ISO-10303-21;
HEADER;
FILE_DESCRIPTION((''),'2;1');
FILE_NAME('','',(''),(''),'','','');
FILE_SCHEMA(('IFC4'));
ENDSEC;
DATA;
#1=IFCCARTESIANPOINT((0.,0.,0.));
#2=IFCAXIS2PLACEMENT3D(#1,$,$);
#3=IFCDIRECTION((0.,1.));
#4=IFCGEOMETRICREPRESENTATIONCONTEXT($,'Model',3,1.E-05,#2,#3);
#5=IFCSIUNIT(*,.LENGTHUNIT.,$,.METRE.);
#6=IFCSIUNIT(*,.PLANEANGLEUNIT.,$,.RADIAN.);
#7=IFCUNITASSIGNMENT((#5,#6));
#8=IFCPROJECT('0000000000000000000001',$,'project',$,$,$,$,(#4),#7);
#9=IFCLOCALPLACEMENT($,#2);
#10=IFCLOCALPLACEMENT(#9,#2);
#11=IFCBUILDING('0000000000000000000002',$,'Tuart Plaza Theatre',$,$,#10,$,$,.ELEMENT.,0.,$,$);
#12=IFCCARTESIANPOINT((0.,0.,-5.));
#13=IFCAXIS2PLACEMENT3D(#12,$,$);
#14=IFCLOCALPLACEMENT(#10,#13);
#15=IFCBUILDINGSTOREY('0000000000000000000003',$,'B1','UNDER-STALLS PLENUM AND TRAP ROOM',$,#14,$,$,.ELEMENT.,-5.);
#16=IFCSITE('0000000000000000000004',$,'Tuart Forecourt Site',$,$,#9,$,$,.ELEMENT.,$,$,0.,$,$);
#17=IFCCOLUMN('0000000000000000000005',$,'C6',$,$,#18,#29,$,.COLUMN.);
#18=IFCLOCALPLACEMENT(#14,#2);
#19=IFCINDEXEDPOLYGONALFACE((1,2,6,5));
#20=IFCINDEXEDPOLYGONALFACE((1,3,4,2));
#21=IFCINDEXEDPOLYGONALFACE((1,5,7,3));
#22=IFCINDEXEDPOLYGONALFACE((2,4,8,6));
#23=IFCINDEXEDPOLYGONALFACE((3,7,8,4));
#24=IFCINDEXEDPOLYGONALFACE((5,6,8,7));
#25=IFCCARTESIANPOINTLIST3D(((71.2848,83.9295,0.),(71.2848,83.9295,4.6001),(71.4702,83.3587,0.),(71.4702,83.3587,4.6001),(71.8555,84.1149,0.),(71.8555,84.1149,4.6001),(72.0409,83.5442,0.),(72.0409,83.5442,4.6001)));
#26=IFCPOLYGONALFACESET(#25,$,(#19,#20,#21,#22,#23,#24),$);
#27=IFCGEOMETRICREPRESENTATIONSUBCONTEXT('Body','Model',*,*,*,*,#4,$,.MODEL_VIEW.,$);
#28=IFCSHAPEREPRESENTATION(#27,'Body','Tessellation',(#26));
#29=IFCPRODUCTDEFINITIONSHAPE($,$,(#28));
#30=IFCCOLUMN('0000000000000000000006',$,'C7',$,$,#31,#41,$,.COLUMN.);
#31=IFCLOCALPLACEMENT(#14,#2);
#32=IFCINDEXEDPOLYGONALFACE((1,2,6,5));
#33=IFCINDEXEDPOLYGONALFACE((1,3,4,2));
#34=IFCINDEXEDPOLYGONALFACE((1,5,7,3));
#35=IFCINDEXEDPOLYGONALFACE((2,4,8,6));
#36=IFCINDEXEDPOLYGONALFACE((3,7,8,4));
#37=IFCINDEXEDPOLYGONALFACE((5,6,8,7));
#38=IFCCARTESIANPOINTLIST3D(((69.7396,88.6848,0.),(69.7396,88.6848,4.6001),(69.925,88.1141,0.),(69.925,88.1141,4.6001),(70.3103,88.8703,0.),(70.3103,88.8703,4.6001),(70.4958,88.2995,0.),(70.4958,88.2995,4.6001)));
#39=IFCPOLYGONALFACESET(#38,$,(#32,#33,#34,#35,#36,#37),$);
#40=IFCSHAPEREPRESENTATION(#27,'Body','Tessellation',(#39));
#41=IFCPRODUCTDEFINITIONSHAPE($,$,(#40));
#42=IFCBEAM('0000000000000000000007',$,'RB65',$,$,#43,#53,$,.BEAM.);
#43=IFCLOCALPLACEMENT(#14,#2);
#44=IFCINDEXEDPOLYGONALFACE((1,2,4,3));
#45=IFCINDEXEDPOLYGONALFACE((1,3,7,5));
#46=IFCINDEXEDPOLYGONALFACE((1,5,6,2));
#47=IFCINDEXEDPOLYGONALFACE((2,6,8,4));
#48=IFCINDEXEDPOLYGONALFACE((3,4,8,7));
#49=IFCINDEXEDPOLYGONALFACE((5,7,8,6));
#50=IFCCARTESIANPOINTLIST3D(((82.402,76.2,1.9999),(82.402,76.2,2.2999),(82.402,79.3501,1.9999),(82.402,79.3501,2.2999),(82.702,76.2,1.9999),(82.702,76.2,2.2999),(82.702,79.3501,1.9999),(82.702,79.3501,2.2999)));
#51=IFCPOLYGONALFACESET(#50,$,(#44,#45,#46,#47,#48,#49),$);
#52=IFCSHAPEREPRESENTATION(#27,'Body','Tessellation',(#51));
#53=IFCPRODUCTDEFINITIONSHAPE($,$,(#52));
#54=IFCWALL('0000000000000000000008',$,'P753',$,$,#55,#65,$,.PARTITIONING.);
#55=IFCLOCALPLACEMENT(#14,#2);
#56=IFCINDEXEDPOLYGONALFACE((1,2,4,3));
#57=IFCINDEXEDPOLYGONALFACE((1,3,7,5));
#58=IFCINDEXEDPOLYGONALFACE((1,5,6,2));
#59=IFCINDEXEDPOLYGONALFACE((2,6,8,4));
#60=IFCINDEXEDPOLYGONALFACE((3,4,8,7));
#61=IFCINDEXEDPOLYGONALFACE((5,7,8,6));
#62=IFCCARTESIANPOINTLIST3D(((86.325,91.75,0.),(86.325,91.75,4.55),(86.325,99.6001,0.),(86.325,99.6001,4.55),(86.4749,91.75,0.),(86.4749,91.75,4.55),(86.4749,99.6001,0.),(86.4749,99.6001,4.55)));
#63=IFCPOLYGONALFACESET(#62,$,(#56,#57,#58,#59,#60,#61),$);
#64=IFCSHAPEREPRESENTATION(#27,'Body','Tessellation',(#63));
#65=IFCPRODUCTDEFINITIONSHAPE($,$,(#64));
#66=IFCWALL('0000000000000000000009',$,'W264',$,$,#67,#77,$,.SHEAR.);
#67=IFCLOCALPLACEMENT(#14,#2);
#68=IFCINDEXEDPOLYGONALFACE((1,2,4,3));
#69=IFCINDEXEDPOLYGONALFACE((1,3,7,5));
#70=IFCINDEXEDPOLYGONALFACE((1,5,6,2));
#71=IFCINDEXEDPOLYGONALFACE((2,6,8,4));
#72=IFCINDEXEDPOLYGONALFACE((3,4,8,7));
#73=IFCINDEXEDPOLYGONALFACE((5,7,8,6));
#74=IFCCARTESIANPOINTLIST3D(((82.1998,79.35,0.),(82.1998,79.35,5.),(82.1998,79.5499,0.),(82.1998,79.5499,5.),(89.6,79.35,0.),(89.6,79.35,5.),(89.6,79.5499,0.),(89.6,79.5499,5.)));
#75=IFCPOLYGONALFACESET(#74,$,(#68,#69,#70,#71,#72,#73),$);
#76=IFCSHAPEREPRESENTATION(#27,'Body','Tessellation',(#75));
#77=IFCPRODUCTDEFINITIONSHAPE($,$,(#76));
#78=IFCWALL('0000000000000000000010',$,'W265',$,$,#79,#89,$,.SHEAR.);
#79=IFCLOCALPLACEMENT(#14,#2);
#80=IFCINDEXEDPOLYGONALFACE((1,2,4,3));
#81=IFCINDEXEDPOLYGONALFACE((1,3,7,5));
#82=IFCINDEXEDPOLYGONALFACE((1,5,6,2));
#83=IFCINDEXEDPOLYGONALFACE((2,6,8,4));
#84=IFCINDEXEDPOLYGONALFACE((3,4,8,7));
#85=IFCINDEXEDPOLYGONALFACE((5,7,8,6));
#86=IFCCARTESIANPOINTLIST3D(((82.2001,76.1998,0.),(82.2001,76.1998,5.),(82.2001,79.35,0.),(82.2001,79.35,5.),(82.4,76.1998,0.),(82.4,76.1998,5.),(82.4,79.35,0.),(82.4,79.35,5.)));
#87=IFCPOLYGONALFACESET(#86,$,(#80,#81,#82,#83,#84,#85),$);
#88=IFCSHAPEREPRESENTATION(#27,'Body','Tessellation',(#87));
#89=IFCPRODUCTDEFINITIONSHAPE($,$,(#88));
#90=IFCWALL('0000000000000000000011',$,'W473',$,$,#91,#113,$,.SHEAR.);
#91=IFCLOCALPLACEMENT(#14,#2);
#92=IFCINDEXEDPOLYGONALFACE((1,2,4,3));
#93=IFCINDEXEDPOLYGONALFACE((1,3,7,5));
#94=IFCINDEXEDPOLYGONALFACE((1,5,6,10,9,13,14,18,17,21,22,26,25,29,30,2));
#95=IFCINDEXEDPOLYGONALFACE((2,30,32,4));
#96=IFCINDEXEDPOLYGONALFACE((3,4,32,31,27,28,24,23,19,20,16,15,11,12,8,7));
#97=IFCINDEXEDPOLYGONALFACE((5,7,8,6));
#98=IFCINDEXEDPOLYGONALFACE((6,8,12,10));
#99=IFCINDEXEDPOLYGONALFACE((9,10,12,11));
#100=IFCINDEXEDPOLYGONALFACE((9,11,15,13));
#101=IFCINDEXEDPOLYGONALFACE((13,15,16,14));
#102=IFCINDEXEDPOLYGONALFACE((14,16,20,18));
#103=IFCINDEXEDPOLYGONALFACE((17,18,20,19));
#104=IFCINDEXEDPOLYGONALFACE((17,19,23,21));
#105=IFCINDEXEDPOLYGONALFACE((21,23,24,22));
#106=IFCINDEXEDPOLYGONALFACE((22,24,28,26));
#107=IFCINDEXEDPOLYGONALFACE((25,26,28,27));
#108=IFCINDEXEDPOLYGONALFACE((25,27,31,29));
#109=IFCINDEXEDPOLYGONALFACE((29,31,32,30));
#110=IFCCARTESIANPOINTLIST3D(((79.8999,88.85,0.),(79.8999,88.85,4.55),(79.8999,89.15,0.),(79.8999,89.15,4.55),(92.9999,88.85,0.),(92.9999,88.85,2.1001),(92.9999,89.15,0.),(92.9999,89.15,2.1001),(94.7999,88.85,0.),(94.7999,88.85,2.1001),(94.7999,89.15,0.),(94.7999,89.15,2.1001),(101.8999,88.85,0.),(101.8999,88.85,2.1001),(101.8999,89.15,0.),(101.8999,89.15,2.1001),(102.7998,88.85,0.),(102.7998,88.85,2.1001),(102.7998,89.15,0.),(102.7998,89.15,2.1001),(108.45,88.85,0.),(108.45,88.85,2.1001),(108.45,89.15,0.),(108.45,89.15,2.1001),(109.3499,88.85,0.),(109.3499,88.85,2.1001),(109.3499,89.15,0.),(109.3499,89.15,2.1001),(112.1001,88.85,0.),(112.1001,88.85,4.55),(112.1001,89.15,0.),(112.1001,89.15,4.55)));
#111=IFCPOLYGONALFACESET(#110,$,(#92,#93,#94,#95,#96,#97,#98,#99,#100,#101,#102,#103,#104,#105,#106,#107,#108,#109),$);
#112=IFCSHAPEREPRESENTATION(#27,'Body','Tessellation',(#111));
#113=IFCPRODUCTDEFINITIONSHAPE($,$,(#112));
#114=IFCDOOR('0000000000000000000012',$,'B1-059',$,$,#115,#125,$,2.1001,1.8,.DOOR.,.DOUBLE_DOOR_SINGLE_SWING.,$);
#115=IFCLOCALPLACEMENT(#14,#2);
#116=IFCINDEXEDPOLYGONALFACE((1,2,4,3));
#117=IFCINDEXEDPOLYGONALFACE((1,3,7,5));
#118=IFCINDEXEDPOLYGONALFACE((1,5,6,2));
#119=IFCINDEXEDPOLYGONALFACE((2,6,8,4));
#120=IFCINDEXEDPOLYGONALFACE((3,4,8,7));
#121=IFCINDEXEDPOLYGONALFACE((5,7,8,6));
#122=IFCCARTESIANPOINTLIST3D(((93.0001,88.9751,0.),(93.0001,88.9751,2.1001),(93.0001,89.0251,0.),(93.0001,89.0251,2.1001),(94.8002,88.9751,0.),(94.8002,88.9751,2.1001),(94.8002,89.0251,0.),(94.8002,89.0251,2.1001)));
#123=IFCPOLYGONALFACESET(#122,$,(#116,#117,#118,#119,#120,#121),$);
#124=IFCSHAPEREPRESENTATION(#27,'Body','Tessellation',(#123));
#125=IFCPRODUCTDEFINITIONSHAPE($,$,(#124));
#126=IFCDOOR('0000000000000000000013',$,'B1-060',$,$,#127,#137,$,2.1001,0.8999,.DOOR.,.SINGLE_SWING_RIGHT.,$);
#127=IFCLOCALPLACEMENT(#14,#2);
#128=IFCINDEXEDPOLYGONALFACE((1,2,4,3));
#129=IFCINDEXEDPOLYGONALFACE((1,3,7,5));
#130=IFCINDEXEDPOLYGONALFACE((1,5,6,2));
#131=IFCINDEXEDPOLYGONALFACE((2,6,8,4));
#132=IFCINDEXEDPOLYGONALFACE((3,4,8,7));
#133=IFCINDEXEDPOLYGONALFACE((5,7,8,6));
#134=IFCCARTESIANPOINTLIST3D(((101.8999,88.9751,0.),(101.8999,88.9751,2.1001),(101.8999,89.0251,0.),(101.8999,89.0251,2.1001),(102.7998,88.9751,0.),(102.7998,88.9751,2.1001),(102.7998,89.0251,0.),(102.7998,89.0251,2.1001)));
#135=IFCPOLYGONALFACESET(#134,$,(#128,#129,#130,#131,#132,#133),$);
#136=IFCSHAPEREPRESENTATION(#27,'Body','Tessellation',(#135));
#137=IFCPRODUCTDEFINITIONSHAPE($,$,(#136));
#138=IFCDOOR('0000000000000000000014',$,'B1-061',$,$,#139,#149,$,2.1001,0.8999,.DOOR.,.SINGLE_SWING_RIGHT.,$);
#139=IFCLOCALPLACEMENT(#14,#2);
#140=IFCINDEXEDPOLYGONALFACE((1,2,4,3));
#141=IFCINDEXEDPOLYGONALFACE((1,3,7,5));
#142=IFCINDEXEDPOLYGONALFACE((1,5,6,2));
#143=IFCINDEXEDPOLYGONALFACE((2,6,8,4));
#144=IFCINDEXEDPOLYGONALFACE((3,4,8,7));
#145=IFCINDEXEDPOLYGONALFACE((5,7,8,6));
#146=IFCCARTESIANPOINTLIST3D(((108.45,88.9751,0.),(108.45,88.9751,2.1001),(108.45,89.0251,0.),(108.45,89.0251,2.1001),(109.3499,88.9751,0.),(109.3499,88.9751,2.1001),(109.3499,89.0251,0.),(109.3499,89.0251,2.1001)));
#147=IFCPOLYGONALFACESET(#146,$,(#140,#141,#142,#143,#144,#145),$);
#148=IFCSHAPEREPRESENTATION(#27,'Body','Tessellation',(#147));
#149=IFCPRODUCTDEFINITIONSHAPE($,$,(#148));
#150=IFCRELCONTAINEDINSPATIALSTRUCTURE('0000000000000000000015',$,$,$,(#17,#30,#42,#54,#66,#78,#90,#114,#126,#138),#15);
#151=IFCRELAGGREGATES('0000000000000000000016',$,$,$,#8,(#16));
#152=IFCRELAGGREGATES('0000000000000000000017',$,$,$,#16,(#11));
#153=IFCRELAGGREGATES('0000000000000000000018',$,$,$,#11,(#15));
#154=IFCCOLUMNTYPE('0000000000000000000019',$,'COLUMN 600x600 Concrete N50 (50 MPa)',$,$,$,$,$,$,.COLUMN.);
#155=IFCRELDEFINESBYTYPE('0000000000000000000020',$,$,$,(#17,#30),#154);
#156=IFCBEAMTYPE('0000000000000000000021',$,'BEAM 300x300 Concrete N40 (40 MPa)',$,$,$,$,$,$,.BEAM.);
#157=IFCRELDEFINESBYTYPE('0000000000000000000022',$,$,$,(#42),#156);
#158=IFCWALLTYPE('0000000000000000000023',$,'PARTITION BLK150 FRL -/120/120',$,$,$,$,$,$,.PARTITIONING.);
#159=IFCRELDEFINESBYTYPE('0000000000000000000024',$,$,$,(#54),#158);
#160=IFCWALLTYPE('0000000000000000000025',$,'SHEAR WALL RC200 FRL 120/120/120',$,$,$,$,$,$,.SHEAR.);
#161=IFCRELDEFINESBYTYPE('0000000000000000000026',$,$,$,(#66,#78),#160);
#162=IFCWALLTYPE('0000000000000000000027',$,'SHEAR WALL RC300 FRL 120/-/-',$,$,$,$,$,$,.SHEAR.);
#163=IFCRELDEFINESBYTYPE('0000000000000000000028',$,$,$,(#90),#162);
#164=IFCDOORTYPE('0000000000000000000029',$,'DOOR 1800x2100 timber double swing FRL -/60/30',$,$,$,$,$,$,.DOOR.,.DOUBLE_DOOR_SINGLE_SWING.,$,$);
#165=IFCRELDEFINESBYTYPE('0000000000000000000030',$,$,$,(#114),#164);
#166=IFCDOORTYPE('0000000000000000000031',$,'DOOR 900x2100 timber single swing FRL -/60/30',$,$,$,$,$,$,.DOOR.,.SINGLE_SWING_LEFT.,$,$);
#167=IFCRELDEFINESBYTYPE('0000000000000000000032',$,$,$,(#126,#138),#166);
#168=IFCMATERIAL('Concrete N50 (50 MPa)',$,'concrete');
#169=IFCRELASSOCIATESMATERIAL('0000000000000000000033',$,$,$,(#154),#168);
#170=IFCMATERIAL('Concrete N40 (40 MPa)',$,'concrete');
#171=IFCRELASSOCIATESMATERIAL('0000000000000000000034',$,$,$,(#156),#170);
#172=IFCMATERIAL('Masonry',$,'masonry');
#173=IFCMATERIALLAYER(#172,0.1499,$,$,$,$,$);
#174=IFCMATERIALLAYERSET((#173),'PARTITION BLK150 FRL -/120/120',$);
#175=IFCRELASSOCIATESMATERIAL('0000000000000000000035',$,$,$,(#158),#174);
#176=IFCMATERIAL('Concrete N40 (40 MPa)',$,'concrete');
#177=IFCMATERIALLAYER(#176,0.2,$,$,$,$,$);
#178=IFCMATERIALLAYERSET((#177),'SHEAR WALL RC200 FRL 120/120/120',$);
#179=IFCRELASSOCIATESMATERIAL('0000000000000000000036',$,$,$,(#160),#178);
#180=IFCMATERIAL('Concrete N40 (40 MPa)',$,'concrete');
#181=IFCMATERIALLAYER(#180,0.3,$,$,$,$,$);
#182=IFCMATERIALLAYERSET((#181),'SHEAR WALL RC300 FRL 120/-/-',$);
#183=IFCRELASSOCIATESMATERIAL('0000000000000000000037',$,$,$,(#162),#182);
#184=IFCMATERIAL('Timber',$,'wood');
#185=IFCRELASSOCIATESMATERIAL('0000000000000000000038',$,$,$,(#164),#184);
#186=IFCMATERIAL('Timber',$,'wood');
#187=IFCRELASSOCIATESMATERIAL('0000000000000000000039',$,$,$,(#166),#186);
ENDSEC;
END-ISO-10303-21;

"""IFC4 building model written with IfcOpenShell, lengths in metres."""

from ifc_helpers import new_model, si_unit, direction, frame, frame_2d, origin, origin_2d, place, context, subcontext, project, spatial, rectangle, extrude, material, layer, layer_set, material_profile, profile_set, type_object, element, fill, save


model = new_model("IFC4")

# Units and contexts
model_context = context("Model", 3, precision=1e-05, world=origin(), true_north=direction((0.0, 1.0)))
body_context = subcontext(model_context, "Body", "Model", "MODEL_VIEW")
ifc_project = project(units=[si_unit("LENGTHUNIT", "METRE"), si_unit("PLANEANGLEUNIT", "RADIAN")], contexts=[model_context])

# Site, building, storey
site_placement = place(None, origin())
site = spatial("IfcSite", under=ifc_project, at=site_placement, Name="Tuart Forecourt Site", CompositionType="ELEMENT", RefElevation=0.0)
building_placement = place(site_placement, origin())
building = spatial("IfcBuilding", under=site, at=building_placement, Name="Tuart Plaza Theatre", CompositionType="ELEMENT", ElevationOfRefHeight=0.0)
storey_placement = place(building_placement, frame((0.0, 0.0, -5.0)))
storey = spatial("IfcBuildingStorey", under=building, at=storey_placement, Name="B1", Description="UNDER-STALLS PLENUM AND TRAP ROOM", CompositionType="ELEMENT", Elevation=-5.0)

# Columns
ifc_material_1 = material(Name="Concrete N50 (50 MPa)", Category="concrete")
ifc_material_profile_1 = material_profile(ifc_material_1, rectangle(XDim=0.6001, YDim=0.6001, at=origin_2d()), Name="COLUMN 600x600 Concrete N50 (50 MPa)")
ifc_profile_set_1 = profile_set([ifc_material_profile_1], Name="Concrete N50 (50 MPa)")
column_type = type_object("IfcColumnType", Name="COLUMN 600x600 Concrete N50 (50 MPa)", PredefinedType="COLUMN", material=ifc_profile_set_1)
for number, where, z_axis, x_axis, name in (
    (1, (71.6628, 83.7368, 0.0), (0.0, 0.0, 1.0), (0.951057, 0.309017, 0.0), "C6"),
    (2, (70.1177, 88.4922, 0.0), (0.0, 0.0, 1.0), (0.951057, 0.309017, 0.0), "C7"),
):
    element("IfcColumn", number, at=place(storey_placement, frame(where, z_axis=z_axis, x_axis=x_axis)), inside=storey, type_object=column_type, Name=name, PredefinedType="COLUMN", context=body_context, shape_type="SweptSolid", body=[
        extrude(rectangle(XDim=0.6001, YDim=0.6001, at=origin_2d()), origin(), (0.0, 0.0, 1.0), 4.6001),
    ])

# Beam
ifc_material_2 = material(Name="Concrete N40 (40 MPa)", Category="concrete")
ifc_material_profile_2 = material_profile(ifc_material_2, rectangle(XDim=0.3, YDim=0.3, at=origin_2d()), Name="BEAM 300x300 Concrete N40 (40 MPa)")
ifc_profile_set_2 = profile_set([ifc_material_profile_2], Name="Concrete N40 (40 MPa)")
beam_type = type_object("IfcBeamType", Name="BEAM 300x300 Concrete N40 (40 MPa)", PredefinedType="BEAM", material=ifc_profile_set_2)
beam_placement = place(storey_placement, frame((82.552, 79.3501, 2.1499), z_axis=(0.0, -1.0, 0.0), x_axis=(1.0, 0.0, 0.0)))
element("IfcBeam", 3, at=beam_placement, inside=storey, type_object=beam_type, Name="RB65", PredefinedType="BEAM", context=body_context, shape_type="SweptSolid", body=[
    extrude(rectangle(XDim=0.3, YDim=0.3, at=origin_2d()), origin(), (0.0, 0.0, 1.0), 3.1501),
])

# Walls
ifc_material_3 = material(Name="Masonry", Category="masonry")
ifc_layer_1 = layer(ifc_material_3, 0.1499)
ifc_layer_set_1 = layer_set([ifc_layer_1], Name="PARTITION BLK150 FRL -/120/120")
wall_type_1 = type_object("IfcWallType", Name="PARTITION BLK150 FRL -/120/120", PredefinedType="PARTITIONING", material=ifc_layer_set_1)
wall_1_placement = place(storey_placement, frame((86.3999, 91.75, 0.0), z_axis=(0.0, 0.0, 1.0), x_axis=(0.0, 1.0, 0.0)))
element("IfcWall", 4, at=wall_1_placement, inside=storey, type_object=wall_type_1, Name="P753", PredefinedType="PARTITIONING", context=body_context, shape_type="SweptSolid", body=[
    extrude(rectangle(XDim=7.8501, YDim=0.1499, at=frame_2d((3.925, 0.0))), origin(), (0.0, 0.0, 1.0), 4.55),
])
ifc_material_4 = material(Name="Concrete N40 (40 MPa)", Category="concrete")
ifc_layer_2 = layer(ifc_material_4, 0.2)
ifc_layer_set_2 = layer_set([ifc_layer_2], Name="SHEAR WALL RC200 FRL 120/120/120")
wall_type_2 = type_object("IfcWallType", Name="SHEAR WALL RC200 FRL 120/120/120", PredefinedType="SHEAR", material=ifc_layer_set_2)
wall_2_placement = place(storey_placement, frame((89.6001, 79.45, 0.0), z_axis=(0.0, 0.0, 1.0), x_axis=(-1.0, 0.0, 0.0)))
element("IfcWall", 5, at=wall_2_placement, inside=storey, type_object=wall_type_2, Name="W264", PredefinedType="SHEAR", context=body_context, shape_type="SweptSolid", body=[
    extrude(rectangle(XDim=7.4001, YDim=0.2, at=frame_2d((3.7002, 0.0))), origin(), (0.0, 0.0, 1.0), 5.0),
])
wall_3_placement = place(storey_placement, frame((82.3, 79.3501, 0.0), z_axis=(0.0, 0.0, 1.0), x_axis=(0.0, -1.0, 0.0)))
element("IfcWall", 6, at=wall_3_placement, inside=storey, type_object=wall_type_2, Name="W265", PredefinedType="SHEAR", context=body_context, shape_type="SweptSolid", body=[
    extrude(rectangle(XDim=3.1501, YDim=0.2, at=frame_2d((1.5752, 0.0))), origin(), (0.0, 0.0, 1.0), 5.0),
])

# Wall, openings, doors
ifc_material_5 = material(Name="Concrete N40 (40 MPa)", Category="concrete")
ifc_layer_3 = layer(ifc_material_5, 0.3)
ifc_layer_set_3 = layer_set([ifc_layer_3], Name="SHEAR WALL RC300 FRL 120/-/-")
wall_type_3 = type_object("IfcWallType", Name="SHEAR WALL RC300 FRL 120/-/-", PredefinedType="SHEAR", material=ifc_layer_set_3)
wall_4_placement = place(storey_placement, frame((79.8999, 89.0, 0.0), z_axis=(0.0, 0.0, 1.0), x_axis=(1.0, 0.0, 0.0)))
wall_4 = element("IfcWall", 7, at=wall_4_placement, inside=storey, type_object=wall_type_3, Name="W473", PredefinedType="SHEAR", context=body_context, shape_type="SweptSolid", body=[
    extrude(rectangle(XDim=32.2002, YDim=0.3, at=frame_2d((16.1001, 0.0))), origin(), (0.0, 0.0, 1.0), 4.55),
])
opening_1_placement = place(wall_4_placement, frame((13.1001, 0.0, 0.0)))
opening_1 = element("IfcOpeningElement", 8, at=opening_1_placement, cuts=wall_4, PredefinedType="OPENING", context=body_context, shape_type="SweptSolid", body=[
    extrude(rectangle(XDim=1.8, YDim=2.1001, at=frame_2d((0.8999, 1.05))), frame((0.0, 0.1599, 0.0), z_axis=(0.0, -1.0, 0.0), x_axis=(1.0, 0.0, 0.0)), (0.0, 0.0, 1.0), 0.3201),
])
opening_2_placement = place(wall_4_placement, frame((22.0, 0.0, 0.0)))
opening_2 = element("IfcOpeningElement", 9, at=opening_2_placement, cuts=wall_4, PredefinedType="OPENING", context=body_context, shape_type="SweptSolid", body=[
    extrude(rectangle(XDim=0.8999, YDim=2.1001, at=frame_2d((0.45, 1.05))), frame((0.0, 0.1599, 0.0), z_axis=(0.0, -1.0, 0.0), x_axis=(1.0, 0.0, 0.0)), (0.0, 0.0, 1.0), 0.3201),
])
opening_3_placement = place(wall_4_placement, frame((28.55, 0.0, 0.0)))
opening_3 = element("IfcOpeningElement", 10, at=opening_3_placement, cuts=wall_4, PredefinedType="OPENING", context=body_context, shape_type="SweptSolid", body=[
    extrude(rectangle(XDim=0.8999, YDim=2.1001, at=frame_2d((0.45, 1.05))), frame((0.0, 0.1599, 0.0), z_axis=(0.0, -1.0, 0.0), x_axis=(1.0, 0.0, 0.0)), (0.0, 0.0, 1.0), 0.3201),
])
ifc_material_6 = material(Name="Timber", Category="wood")
door_type_1 = type_object("IfcDoorType", Name="DOOR 1800x2100 timber double swing FRL -/60/30", OperationType="DOUBLE_DOOR_SINGLE_SWING", PredefinedType="DOOR", material=ifc_material_6)
door_1_placement = place(opening_1_placement, frame((1.8, 0.0, 0.0), z_axis=(0.0, 0.0, 1.0), x_axis=(-1.0, 0.0, 0.0)))
door_1 = element("IfcDoor", 11, at=door_1_placement, inside=storey, type_object=door_type_1, Name="B1-059", OperationType="DOUBLE_DOOR_SINGLE_SWING", OverallHeight=2.1001, OverallWidth=1.8, PredefinedType="DOOR", context=body_context, shape_type="SweptSolid", body=[
    extrude(rectangle(XDim=1.8, YDim=2.1001, at=frame_2d((0.8999, 1.05))), frame((0.0, 0.0249, 0.0), z_axis=(0.0, -1.0, 0.0), x_axis=(1.0, 0.0, 0.0)), (0.0, 0.0, 1.0), 0.05),
])
fill(opening_1, door_1)
ifc_material_7 = material(Name="Timber", Category="wood")
door_type_2 = type_object("IfcDoorType", Name="DOOR 900x2100 timber single swing FRL -/60/30", OperationType="SINGLE_SWING_LEFT", PredefinedType="DOOR", material=ifc_material_7)
door_2_placement = place(opening_2_placement, frame((0.8999, 0.0, 0.0), z_axis=(0.0, 0.0, 1.0), x_axis=(-1.0, 0.0, 0.0)))
door_2 = element("IfcDoor", 12, at=door_2_placement, inside=storey, type_object=door_type_2, Name="B1-060", OperationType="SINGLE_SWING_RIGHT", OverallHeight=2.1001, OverallWidth=0.8999, PredefinedType="DOOR", context=body_context, shape_type="SweptSolid", body=[
    extrude(rectangle(XDim=0.8999, YDim=2.1001, at=frame_2d((0.45, 1.05))), frame((0.0, 0.0249, 0.0), z_axis=(0.0, -1.0, 0.0), x_axis=(1.0, 0.0, 0.0)), (0.0, 0.0, 1.0), 0.05),
])
fill(opening_2, door_2)
door_3_placement = place(opening_3_placement, frame((0.8999, 0.0, 0.0), z_axis=(0.0, 0.0, 1.0), x_axis=(-1.0, 0.0, 0.0)))
door_3 = element("IfcDoor", 13, at=door_3_placement, inside=storey, type_object=door_type_2, Name="B1-061", OperationType="SINGLE_SWING_RIGHT", OverallHeight=2.1001, OverallWidth=0.8999, PredefinedType="DOOR", context=body_context, shape_type="SweptSolid", body=[
    extrude(rectangle(XDim=0.8999, YDim=2.1001, at=frame_2d((0.45, 1.05))), frame((0.0, 0.0249, 0.0), z_axis=(0.0, -1.0, 0.0), x_axis=(1.0, 0.0, 0.0)), (0.0, 0.0, 1.0), 0.05),
])
fill(opening_3, door_3)

save(model, "model.ifc")
